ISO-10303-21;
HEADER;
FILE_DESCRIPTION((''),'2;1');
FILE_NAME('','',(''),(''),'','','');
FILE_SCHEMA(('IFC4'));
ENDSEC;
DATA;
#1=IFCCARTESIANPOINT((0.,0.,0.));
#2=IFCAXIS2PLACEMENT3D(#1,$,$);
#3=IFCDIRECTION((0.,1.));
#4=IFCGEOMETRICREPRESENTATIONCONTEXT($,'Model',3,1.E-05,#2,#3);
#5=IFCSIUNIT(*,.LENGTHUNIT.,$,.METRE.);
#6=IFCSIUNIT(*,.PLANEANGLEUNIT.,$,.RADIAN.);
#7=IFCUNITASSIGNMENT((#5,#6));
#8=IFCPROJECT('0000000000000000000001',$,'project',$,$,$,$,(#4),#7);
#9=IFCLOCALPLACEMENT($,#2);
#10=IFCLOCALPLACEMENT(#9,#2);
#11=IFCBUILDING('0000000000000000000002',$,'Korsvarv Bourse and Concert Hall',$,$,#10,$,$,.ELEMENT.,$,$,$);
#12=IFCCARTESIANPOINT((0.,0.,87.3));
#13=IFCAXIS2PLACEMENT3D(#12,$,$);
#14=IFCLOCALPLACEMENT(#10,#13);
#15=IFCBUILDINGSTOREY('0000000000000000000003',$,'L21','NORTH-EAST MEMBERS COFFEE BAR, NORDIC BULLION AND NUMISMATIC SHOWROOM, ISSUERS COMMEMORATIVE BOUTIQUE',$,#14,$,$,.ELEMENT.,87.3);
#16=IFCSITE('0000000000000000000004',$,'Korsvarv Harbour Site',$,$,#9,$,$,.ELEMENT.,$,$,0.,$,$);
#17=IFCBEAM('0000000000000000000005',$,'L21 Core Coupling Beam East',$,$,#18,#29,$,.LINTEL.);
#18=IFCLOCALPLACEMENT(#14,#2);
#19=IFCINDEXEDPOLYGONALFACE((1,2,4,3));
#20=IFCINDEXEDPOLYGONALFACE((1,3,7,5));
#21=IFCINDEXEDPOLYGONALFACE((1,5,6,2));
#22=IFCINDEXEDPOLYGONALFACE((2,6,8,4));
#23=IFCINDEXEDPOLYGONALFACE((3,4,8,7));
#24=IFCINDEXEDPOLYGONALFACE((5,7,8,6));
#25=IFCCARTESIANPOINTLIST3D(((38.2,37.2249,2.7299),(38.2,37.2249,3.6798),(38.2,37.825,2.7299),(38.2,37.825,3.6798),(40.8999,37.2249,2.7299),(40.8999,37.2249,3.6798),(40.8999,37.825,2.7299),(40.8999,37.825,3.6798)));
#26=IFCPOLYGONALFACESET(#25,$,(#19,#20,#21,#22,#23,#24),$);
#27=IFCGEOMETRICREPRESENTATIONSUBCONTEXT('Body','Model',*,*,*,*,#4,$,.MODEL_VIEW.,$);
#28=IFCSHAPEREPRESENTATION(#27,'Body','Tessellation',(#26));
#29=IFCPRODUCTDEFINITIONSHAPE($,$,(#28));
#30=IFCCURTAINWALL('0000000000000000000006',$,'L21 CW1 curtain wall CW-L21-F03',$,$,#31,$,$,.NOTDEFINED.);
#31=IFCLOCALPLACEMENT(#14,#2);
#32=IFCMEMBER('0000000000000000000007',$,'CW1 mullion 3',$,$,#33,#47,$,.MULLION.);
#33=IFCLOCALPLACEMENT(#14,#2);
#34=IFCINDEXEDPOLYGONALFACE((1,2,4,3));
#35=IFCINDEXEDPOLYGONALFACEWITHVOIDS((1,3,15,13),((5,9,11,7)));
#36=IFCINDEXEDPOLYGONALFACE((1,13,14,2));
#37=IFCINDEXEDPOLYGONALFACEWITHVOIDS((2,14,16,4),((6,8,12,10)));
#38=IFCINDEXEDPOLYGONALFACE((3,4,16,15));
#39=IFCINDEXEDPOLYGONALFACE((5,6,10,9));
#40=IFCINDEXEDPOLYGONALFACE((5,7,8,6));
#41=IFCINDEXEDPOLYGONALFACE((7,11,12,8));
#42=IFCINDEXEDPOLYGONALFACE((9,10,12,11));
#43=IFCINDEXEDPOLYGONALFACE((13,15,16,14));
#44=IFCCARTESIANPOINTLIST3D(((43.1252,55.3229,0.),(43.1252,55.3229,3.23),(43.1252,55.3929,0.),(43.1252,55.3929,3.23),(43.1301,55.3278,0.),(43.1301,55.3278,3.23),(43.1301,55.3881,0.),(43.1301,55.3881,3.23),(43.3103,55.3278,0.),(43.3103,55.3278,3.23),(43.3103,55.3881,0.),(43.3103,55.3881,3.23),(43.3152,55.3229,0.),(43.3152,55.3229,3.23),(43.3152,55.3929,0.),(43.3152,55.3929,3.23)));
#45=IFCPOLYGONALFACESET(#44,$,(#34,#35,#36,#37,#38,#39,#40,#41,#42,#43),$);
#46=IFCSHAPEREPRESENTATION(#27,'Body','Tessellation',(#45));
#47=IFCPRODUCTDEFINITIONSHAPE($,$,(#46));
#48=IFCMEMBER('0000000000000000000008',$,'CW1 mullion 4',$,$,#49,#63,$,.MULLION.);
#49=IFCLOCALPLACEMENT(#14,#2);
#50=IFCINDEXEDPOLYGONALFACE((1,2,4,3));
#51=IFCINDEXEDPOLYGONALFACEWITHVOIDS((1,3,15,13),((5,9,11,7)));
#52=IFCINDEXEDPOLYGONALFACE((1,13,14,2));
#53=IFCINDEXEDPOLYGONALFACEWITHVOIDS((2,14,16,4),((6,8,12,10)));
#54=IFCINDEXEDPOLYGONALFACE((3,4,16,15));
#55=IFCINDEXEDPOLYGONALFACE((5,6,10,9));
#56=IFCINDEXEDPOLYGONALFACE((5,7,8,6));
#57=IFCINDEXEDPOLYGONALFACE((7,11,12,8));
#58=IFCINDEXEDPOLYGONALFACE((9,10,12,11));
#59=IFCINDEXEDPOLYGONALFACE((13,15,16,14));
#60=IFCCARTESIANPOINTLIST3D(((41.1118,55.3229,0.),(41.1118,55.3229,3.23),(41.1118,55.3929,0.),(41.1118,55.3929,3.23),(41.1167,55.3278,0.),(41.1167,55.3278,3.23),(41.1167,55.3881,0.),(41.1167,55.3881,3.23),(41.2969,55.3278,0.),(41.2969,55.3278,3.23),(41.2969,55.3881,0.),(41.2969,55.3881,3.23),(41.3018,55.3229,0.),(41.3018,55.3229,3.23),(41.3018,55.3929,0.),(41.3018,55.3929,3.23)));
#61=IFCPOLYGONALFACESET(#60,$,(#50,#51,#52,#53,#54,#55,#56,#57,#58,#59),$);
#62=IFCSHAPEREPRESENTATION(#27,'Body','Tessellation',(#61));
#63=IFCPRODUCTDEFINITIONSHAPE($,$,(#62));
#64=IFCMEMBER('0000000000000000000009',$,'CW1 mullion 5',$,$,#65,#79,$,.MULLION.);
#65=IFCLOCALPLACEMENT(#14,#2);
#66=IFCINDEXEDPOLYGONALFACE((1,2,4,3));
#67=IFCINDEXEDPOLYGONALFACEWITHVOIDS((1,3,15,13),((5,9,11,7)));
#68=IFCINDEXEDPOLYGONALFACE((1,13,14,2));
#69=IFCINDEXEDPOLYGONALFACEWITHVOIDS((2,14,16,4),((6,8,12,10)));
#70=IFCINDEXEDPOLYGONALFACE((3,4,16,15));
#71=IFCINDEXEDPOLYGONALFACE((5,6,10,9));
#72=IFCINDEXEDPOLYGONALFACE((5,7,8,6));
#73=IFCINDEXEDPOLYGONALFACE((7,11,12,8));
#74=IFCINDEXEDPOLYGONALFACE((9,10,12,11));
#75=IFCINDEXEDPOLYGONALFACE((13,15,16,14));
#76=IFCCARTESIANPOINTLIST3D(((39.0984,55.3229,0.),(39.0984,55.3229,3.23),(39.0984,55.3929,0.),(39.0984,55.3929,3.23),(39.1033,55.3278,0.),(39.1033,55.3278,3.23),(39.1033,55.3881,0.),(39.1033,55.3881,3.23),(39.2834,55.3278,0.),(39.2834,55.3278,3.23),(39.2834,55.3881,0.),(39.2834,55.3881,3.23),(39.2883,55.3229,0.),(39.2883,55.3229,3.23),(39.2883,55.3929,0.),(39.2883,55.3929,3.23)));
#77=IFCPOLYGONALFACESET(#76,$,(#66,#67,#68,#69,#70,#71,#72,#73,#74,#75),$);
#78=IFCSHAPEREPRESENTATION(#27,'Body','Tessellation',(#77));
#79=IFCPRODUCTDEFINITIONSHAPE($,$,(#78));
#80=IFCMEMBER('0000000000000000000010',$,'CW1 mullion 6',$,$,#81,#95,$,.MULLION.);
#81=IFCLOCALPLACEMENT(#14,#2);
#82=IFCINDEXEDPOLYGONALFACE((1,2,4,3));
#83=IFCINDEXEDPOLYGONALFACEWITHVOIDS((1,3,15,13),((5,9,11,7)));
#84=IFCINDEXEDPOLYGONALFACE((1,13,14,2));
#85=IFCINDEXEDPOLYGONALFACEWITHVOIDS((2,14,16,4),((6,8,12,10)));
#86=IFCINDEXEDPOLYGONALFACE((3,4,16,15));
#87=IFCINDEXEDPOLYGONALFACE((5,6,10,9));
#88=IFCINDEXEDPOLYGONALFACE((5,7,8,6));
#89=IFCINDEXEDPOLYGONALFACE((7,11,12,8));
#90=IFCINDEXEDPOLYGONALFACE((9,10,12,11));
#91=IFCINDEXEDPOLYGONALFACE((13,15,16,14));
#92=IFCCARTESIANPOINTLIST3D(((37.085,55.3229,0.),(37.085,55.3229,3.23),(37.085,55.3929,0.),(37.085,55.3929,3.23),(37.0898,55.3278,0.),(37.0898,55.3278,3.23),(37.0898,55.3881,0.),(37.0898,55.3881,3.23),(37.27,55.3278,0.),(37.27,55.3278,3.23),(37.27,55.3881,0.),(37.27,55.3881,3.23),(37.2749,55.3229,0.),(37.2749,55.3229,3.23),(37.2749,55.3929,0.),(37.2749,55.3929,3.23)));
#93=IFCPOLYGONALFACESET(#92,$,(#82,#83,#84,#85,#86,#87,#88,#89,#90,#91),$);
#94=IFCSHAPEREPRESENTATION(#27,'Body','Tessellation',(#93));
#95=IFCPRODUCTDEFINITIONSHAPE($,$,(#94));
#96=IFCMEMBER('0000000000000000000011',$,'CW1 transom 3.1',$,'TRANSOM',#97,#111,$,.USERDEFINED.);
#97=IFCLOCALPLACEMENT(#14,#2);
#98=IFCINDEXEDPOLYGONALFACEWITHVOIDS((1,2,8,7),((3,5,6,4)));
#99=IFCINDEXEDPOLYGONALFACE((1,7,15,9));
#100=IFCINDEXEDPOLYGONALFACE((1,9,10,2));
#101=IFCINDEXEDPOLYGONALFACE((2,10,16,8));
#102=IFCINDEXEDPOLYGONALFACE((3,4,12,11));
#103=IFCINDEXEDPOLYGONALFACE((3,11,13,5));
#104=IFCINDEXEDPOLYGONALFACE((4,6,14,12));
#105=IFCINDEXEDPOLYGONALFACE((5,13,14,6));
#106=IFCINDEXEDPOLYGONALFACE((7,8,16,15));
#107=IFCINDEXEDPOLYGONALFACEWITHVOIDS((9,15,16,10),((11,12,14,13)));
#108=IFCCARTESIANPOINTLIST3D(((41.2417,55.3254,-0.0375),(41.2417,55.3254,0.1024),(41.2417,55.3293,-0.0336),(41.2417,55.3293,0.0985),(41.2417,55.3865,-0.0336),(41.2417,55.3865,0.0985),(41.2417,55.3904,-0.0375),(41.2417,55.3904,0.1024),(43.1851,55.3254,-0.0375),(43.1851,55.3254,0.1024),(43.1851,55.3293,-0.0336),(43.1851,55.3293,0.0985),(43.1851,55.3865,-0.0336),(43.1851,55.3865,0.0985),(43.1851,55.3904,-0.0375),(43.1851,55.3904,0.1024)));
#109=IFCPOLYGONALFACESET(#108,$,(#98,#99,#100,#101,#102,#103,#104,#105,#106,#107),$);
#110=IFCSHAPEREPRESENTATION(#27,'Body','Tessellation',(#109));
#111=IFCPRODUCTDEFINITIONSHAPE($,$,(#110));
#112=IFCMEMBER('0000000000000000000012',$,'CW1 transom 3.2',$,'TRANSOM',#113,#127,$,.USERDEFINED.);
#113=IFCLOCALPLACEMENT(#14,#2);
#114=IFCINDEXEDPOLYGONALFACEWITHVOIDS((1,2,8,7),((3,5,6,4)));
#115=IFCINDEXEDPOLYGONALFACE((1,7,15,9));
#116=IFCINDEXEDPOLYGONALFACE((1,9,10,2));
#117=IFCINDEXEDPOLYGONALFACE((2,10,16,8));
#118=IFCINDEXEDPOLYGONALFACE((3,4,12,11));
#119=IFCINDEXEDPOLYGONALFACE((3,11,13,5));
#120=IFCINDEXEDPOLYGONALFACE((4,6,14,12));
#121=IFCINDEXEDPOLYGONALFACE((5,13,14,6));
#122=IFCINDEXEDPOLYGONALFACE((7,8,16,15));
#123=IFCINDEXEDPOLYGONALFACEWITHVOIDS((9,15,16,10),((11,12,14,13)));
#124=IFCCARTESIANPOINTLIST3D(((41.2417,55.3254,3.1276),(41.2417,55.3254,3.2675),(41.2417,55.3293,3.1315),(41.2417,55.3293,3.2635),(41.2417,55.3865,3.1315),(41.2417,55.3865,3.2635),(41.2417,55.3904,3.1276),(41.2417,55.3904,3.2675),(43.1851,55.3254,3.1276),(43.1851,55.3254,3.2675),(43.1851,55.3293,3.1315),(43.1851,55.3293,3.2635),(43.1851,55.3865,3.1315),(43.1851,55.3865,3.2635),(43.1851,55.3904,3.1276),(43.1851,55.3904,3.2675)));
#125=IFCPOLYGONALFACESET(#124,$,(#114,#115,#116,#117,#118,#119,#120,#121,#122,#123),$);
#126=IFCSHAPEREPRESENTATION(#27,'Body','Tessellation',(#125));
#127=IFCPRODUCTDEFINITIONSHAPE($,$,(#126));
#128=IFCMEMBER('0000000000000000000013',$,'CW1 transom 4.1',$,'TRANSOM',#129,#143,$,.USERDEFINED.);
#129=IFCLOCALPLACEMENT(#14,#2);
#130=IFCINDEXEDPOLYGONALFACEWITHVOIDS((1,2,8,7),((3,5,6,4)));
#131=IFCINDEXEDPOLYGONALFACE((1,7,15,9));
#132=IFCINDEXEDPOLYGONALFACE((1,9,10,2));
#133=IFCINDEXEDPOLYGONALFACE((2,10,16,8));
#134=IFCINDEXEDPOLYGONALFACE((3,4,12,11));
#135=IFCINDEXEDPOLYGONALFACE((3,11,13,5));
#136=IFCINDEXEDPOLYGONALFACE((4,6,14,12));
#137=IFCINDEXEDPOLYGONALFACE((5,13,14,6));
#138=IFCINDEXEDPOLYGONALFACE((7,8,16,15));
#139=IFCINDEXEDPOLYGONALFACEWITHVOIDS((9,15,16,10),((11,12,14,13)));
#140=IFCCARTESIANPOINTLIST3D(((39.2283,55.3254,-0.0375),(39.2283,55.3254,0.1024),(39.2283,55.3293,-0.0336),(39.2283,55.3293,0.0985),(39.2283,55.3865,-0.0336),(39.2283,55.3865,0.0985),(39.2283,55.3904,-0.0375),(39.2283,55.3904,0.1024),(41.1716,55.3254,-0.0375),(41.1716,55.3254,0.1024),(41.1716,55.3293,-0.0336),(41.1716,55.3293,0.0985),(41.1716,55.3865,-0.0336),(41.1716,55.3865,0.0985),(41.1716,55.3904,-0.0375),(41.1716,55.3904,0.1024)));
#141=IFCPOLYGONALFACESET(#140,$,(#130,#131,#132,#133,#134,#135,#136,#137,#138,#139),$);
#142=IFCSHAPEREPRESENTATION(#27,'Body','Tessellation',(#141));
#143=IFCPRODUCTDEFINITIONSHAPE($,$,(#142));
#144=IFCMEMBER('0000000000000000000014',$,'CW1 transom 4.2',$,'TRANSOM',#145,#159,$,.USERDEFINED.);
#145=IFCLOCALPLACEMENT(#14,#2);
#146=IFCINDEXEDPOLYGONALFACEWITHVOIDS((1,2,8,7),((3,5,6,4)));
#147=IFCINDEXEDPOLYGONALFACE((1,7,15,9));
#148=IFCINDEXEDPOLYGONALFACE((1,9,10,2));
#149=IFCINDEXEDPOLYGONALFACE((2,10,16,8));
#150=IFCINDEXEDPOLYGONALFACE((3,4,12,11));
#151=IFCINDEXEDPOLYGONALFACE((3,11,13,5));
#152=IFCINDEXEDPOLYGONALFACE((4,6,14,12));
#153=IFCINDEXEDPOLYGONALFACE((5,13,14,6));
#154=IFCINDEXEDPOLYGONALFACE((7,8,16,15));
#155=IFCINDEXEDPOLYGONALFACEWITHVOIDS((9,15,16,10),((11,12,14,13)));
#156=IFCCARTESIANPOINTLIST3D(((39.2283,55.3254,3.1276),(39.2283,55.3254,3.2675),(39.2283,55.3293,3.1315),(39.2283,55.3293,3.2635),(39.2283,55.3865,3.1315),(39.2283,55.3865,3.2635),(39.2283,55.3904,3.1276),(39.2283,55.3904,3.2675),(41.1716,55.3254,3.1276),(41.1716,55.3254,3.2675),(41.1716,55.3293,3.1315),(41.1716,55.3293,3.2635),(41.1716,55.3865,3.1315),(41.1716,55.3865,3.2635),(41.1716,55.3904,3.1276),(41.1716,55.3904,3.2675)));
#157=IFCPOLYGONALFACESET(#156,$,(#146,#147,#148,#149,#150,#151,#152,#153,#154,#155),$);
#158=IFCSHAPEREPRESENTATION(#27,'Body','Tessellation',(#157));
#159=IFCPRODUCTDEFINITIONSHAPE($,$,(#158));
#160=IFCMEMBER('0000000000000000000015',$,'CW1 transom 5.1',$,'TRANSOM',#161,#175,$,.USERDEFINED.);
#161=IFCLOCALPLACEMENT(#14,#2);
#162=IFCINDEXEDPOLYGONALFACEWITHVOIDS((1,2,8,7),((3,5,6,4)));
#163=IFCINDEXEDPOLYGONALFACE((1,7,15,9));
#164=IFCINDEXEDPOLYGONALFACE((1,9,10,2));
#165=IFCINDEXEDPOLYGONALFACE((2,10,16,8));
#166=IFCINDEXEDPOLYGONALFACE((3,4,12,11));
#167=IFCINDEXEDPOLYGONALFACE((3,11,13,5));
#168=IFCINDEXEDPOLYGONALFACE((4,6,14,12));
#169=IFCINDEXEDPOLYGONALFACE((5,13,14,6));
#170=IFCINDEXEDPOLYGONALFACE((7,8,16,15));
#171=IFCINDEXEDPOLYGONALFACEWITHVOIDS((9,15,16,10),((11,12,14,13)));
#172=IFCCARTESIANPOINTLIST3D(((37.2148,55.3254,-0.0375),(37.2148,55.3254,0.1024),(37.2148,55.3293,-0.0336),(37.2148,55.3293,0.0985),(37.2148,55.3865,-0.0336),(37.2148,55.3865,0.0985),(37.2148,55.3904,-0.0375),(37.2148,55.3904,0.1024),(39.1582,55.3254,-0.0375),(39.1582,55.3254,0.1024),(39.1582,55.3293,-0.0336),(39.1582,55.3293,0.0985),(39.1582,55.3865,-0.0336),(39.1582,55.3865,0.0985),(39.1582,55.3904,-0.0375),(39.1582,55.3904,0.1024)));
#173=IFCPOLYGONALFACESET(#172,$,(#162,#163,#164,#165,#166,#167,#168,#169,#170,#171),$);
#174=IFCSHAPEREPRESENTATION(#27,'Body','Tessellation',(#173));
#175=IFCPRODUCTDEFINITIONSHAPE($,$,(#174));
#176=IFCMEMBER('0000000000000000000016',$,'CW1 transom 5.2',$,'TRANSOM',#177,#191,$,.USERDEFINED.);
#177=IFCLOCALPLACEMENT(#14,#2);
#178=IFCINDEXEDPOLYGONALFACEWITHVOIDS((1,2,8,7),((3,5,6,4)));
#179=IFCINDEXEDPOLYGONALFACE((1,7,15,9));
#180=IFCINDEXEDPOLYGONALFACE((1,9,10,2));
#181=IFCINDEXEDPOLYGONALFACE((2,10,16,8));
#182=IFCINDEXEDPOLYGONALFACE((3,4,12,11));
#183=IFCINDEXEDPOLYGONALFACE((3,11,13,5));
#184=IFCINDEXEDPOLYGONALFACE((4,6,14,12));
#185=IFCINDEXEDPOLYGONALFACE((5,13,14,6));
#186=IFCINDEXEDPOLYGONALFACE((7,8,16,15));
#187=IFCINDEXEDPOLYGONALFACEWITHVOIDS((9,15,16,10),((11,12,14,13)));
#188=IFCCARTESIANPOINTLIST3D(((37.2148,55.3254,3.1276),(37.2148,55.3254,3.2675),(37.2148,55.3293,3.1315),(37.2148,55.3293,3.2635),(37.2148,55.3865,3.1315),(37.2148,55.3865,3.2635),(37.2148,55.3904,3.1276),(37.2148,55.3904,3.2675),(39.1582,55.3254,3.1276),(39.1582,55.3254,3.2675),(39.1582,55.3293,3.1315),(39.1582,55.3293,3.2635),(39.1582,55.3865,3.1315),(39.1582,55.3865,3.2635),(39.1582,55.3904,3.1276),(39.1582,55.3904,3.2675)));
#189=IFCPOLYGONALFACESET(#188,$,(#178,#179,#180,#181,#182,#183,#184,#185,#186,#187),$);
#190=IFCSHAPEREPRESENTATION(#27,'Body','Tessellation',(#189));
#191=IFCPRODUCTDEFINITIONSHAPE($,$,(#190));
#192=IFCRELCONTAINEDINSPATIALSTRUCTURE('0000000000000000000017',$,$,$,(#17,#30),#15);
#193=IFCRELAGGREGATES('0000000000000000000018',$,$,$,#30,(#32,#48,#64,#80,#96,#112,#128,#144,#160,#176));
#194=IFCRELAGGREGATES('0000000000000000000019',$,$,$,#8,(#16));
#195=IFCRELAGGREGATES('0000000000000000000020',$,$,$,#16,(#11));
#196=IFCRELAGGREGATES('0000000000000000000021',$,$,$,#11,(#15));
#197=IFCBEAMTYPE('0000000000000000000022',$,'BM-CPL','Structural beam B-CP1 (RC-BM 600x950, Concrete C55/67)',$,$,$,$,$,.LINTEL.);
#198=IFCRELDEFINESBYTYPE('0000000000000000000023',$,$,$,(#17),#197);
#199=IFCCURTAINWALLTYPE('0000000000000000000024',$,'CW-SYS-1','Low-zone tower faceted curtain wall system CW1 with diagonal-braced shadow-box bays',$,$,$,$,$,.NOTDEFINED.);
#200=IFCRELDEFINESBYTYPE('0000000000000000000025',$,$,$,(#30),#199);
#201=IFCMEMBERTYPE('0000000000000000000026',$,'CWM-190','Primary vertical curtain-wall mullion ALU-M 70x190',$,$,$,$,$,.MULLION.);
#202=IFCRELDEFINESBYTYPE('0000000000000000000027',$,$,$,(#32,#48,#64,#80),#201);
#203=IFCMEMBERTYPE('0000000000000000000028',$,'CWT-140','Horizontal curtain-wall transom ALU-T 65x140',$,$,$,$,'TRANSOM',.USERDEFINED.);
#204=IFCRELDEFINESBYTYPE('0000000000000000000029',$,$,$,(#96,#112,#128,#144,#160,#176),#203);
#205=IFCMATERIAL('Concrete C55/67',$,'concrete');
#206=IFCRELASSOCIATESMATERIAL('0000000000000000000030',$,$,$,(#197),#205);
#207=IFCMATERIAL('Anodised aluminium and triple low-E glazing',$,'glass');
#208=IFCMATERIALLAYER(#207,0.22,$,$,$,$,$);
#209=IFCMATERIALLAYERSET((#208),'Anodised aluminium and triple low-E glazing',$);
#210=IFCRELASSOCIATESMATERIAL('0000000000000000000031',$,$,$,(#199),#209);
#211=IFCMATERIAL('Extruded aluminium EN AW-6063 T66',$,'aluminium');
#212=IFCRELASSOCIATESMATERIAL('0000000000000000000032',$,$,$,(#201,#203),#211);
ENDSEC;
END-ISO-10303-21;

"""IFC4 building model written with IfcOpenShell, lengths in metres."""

from ifc_helpers import new_model, si_unit, direction, frame, origin, origin_2d, place, context, subcontext, project, spatial, rectangle, hollow_rectangle, extrude, source, transform, mapped, material, layer, layer_set, material_profile, profile_set, type_object, element, aggregate, save


model = new_model("IFC4")

# Units and contexts
model_context = context("Model", 3, precision=1e-05, world=origin(), true_north=direction((0.0, 1.0)))
body_context = subcontext(model_context, "Body", "Model", "MODEL_VIEW")
ifc_project = project(units=[si_unit("LENGTHUNIT", "METRE"), si_unit("PLANEANGLEUNIT", "RADIAN")], contexts=[model_context])

# Site, building, storey
site_placement = place(None, origin())
site = spatial("IfcSite", under=ifc_project, at=site_placement, Name="Korsvarv Harbour Site", CompositionType="ELEMENT", RefElevation=0.0)
building_placement = place(site_placement, origin())
building = spatial("IfcBuilding", under=site, at=building_placement, Name="Korsvarv Bourse and Concert Hall", CompositionType="ELEMENT")
storey_placement = place(building_placement, frame((0.0, 0.0, 87.3)))
storey = spatial("IfcBuildingStorey", under=building, at=storey_placement, Name="L21", Description="NORTH-EAST MEMBERS COFFEE BAR, NORDIC BULLION AND NUMISMATIC SHOWROOM, ISSUERS COMMEMORATIVE BOUTIQUE", CompositionType="ELEMENT", Elevation=87.3)

# Beam
ifc_material_1 = material(Name="Concrete C55/67", Category="concrete")
ifc_material_profile_1 = material_profile(ifc_material_1, rectangle(XDim=0.6001, YDim=0.95, at=origin_2d()), Name="RC-BM 600x950")
ifc_profile_set_1 = profile_set([ifc_material_profile_1], Name="Concrete C55/67")
beam_type = type_object("IfcBeamType", Name="BM-CPL", Description="Structural beam B-CP1 (RC-BM 600x950, Concrete C55/67)", PredefinedType="LINTEL", material=ifc_profile_set_1)
shared_shape_1 = source(origin(), body_context, "Body", "SweptSolid", [
    extrude(rectangle(XDim=0.6001, YDim=0.95, at=origin_2d()), origin(), (0.0, 0.0, 1.0), 2.7),
])
beam_placement = place(storey_placement, frame((38.2, 37.5249, 3.2048), z_axis=(1.0, 0.0, 0.0), x_axis=(0.0, 1.0, 0.0)))
element("IfcBeam", 1, at=beam_placement, inside=storey, type_object=beam_type, Name="L21 Core Coupling Beam East", PredefinedType="LINTEL", context=body_context, shape_type="MappedRepresentation", body=[
    mapped(shared_shape_1, transform((0.0, 0.0, 0.0), scale=1.0)),
])

# Curtain wall, members
ifc_material_2 = material(Name="Anodised aluminium and triple low-E glazing", Category="glass")
ifc_layer_1 = layer(ifc_material_2, 0.22)
ifc_layer_set_1 = layer_set([ifc_layer_1], Name="Anodised aluminium and triple low-E glazing")
curtain_wall_type = type_object("IfcCurtainWallType", Name="CW-SYS-1", Description="Low-zone tower faceted curtain wall system CW1 with diagonal-braced shadow-box bays", PredefinedType="NOTDEFINED", material=ifc_layer_set_1)
curtain_wall_placement = place(storey_placement, origin())
curtain_wall = element("IfcCurtainWall", 2, at=curtain_wall_placement, inside=storey, type_object=curtain_wall_type, Name="L21 CW1 curtain wall CW-L21-F03", PredefinedType="NOTDEFINED")
ifc_material_3 = material(Name="Extruded aluminium EN AW-6063 T66", Category="aluminium")
ifc_material_profile_2 = material_profile(ifc_material_3, hollow_rectangle(XDim=0.0701, YDim=0.1899, WallThickness=0.0049, at=origin_2d()), Name="ALU-M 70x190")
ifc_profile_set_2 = profile_set([ifc_material_profile_2], Name="Extruded aluminium EN AW-6063 T66")
member_type_1 = type_object("IfcMemberType", Name="CWM-190", Description="Primary vertical curtain-wall mullion ALU-M 70x190", PredefinedType="MULLION", material=ifc_profile_set_2)
shared_shape_2 = source(origin(), body_context, "Body", "SweptSolid", [
    extrude(hollow_rectangle(XDim=0.0701, YDim=0.1899, WallThickness=0.0049, at=origin_2d()), origin(), (0.0, 0.0, 1.0), 3.23),
])
member_1_placement = place(storey_placement, frame((43.2202, 55.3579, 0.0), z_axis=(0.0, 0.0, 1.0), x_axis=(0.0, -1.0, 0.0)))
member_1 = element("IfcMember", 3, at=member_1_placement, type_object=member_type_1, Name="CW1 mullion 3", PredefinedType="MULLION", context=body_context, shape_type="MappedRepresentation", body=[
    mapped(shared_shape_2, transform((0.0, 0.0, 0.0), scale=1.0)),
])
member_2_placement = place(storey_placement, frame((41.2068, 55.3579, 0.0), z_axis=(0.0, 0.0, 1.0), x_axis=(0.0, -1.0, 0.0)))
member_2 = element("IfcMember", 4, at=member_2_placement, type_object=member_type_1, Name="CW1 mullion 4", PredefinedType="MULLION", context=body_context, shape_type="MappedRepresentation", body=[
    mapped(shared_shape_2, transform((0.0, 0.0, 0.0), scale=1.0)),
])
member_3_placement = place(storey_placement, frame((39.1934, 55.3579, 0.0), z_axis=(0.0, 0.0, 1.0), x_axis=(0.0, -1.0, 0.0)))
member_3 = element("IfcMember", 5, at=member_3_placement, type_object=member_type_1, Name="CW1 mullion 5", PredefinedType="MULLION", context=body_context, shape_type="MappedRepresentation", body=[
    mapped(shared_shape_2, transform((0.0, 0.0, 0.0), scale=1.0)),
])
member_4_placement = place(storey_placement, frame((37.1799, 55.3579, 0.0), z_axis=(0.0, 0.0, 1.0), x_axis=(0.0, -1.0, 0.0)))
member_4 = element("IfcMember", 6, at=member_4_placement, type_object=member_type_1, Name="CW1 mullion 6", PredefinedType="MULLION", context=body_context, shape_type="MappedRepresentation", body=[
    mapped(shared_shape_2, transform((0.0, 0.0, 0.0), scale=1.0)),
])
ifc_material_profile_3 = material_profile(ifc_material_3, hollow_rectangle(XDim=0.0649, YDim=0.1399, WallThickness=0.0039, at=origin_2d()), Name="ALU-T 65x140")
ifc_profile_set_3 = profile_set([ifc_material_profile_3], Name="Extruded aluminium EN AW-6063 T66")
member_type_2 = type_object("IfcMemberType", Name="CWT-140", Description="Horizontal curtain-wall transom ALU-T 65x140", ElementType="TRANSOM", PredefinedType="USERDEFINED", material=ifc_profile_set_3)
shared_shape_3 = source(origin(), body_context, "Body", "SweptSolid", [
    extrude(hollow_rectangle(XDim=0.0649, YDim=0.1399, WallThickness=0.0039, at=origin_2d()), origin(), (0.0, 0.0, 1.0), 1.9434),
])
member_5_placement = place(storey_placement, frame((43.1851, 55.3579, 0.0325), z_axis=(-1.0, 0.0, 0.0), x_axis=(0.0, -1.0, 0.0)))
member_5 = element("IfcMember", 7, at=member_5_placement, type_object=member_type_2, Name="CW1 transom 3.1", ObjectType="TRANSOM", PredefinedType="USERDEFINED", context=body_context, shape_type="MappedRepresentation", body=[
    mapped(shared_shape_3, transform((0.0, 0.0, 0.0), scale=1.0)),
])
member_6_placement = place(storey_placement, frame((43.1851, 55.3579, 3.1975), z_axis=(-1.0, 0.0, 0.0), x_axis=(0.0, -1.0, 0.0)))
member_6 = element("IfcMember", 8, at=member_6_placement, type_object=member_type_2, Name="CW1 transom 3.2", ObjectType="TRANSOM", PredefinedType="USERDEFINED", context=body_context, shape_type="MappedRepresentation", body=[
    mapped(shared_shape_3, transform((0.0, 0.0, 0.0), scale=1.0)),
])
member_7_placement = place(storey_placement, frame((41.1716, 55.3579, 0.0325), z_axis=(-1.0, 0.0, 0.0), x_axis=(0.0, -1.0, 0.0)))
member_7 = element("IfcMember", 9, at=member_7_placement, type_object=member_type_2, Name="CW1 transom 4.1", ObjectType="TRANSOM", PredefinedType="USERDEFINED", context=body_context, shape_type="MappedRepresentation", body=[
    mapped(shared_shape_3, transform((0.0, 0.0, 0.0), scale=1.0)),
])
member_8_placement = place(storey_placement, frame((41.1716, 55.3579, 3.1975), z_axis=(-1.0, 0.0, 0.0), x_axis=(0.0, -1.0, 0.0)))
member_8 = element("IfcMember", 10, at=member_8_placement, type_object=member_type_2, Name="CW1 transom 4.2", ObjectType="TRANSOM", PredefinedType="USERDEFINED", context=body_context, shape_type="MappedRepresentation", body=[
    mapped(shared_shape_3, transform((0.0, 0.0, 0.0), scale=1.0)),
])
member_9_placement = place(storey_placement, frame((39.1582, 55.3579, 0.0325), z_axis=(-1.0, 0.0, 0.0), x_axis=(0.0, -1.0, 0.0)))
member_9 = element("IfcMember", 11, at=member_9_placement, type_object=member_type_2, Name="CW1 transom 5.1", ObjectType="TRANSOM", PredefinedType="USERDEFINED", context=body_context, shape_type="MappedRepresentation", body=[
    mapped(shared_shape_3, transform((0.0, 0.0, 0.0), scale=1.0)),
])
member_10_placement = place(storey_placement, frame((39.1582, 55.3579, 3.1975), z_axis=(-1.0, 0.0, 0.0), x_axis=(0.0, -1.0, 0.0)))
member_10 = element("IfcMember", 12, at=member_10_placement, type_object=member_type_2, Name="CW1 transom 5.2", ObjectType="TRANSOM", PredefinedType="USERDEFINED", context=body_context, shape_type="MappedRepresentation", body=[
    mapped(shared_shape_3, transform((0.0, 0.0, 0.0), scale=1.0)),
])
aggregate(curtain_wall, [member_1, member_2, member_3, member_4, member_5, member_6, member_7, member_8, member_9, member_10])

save(model, "model.ifc")
